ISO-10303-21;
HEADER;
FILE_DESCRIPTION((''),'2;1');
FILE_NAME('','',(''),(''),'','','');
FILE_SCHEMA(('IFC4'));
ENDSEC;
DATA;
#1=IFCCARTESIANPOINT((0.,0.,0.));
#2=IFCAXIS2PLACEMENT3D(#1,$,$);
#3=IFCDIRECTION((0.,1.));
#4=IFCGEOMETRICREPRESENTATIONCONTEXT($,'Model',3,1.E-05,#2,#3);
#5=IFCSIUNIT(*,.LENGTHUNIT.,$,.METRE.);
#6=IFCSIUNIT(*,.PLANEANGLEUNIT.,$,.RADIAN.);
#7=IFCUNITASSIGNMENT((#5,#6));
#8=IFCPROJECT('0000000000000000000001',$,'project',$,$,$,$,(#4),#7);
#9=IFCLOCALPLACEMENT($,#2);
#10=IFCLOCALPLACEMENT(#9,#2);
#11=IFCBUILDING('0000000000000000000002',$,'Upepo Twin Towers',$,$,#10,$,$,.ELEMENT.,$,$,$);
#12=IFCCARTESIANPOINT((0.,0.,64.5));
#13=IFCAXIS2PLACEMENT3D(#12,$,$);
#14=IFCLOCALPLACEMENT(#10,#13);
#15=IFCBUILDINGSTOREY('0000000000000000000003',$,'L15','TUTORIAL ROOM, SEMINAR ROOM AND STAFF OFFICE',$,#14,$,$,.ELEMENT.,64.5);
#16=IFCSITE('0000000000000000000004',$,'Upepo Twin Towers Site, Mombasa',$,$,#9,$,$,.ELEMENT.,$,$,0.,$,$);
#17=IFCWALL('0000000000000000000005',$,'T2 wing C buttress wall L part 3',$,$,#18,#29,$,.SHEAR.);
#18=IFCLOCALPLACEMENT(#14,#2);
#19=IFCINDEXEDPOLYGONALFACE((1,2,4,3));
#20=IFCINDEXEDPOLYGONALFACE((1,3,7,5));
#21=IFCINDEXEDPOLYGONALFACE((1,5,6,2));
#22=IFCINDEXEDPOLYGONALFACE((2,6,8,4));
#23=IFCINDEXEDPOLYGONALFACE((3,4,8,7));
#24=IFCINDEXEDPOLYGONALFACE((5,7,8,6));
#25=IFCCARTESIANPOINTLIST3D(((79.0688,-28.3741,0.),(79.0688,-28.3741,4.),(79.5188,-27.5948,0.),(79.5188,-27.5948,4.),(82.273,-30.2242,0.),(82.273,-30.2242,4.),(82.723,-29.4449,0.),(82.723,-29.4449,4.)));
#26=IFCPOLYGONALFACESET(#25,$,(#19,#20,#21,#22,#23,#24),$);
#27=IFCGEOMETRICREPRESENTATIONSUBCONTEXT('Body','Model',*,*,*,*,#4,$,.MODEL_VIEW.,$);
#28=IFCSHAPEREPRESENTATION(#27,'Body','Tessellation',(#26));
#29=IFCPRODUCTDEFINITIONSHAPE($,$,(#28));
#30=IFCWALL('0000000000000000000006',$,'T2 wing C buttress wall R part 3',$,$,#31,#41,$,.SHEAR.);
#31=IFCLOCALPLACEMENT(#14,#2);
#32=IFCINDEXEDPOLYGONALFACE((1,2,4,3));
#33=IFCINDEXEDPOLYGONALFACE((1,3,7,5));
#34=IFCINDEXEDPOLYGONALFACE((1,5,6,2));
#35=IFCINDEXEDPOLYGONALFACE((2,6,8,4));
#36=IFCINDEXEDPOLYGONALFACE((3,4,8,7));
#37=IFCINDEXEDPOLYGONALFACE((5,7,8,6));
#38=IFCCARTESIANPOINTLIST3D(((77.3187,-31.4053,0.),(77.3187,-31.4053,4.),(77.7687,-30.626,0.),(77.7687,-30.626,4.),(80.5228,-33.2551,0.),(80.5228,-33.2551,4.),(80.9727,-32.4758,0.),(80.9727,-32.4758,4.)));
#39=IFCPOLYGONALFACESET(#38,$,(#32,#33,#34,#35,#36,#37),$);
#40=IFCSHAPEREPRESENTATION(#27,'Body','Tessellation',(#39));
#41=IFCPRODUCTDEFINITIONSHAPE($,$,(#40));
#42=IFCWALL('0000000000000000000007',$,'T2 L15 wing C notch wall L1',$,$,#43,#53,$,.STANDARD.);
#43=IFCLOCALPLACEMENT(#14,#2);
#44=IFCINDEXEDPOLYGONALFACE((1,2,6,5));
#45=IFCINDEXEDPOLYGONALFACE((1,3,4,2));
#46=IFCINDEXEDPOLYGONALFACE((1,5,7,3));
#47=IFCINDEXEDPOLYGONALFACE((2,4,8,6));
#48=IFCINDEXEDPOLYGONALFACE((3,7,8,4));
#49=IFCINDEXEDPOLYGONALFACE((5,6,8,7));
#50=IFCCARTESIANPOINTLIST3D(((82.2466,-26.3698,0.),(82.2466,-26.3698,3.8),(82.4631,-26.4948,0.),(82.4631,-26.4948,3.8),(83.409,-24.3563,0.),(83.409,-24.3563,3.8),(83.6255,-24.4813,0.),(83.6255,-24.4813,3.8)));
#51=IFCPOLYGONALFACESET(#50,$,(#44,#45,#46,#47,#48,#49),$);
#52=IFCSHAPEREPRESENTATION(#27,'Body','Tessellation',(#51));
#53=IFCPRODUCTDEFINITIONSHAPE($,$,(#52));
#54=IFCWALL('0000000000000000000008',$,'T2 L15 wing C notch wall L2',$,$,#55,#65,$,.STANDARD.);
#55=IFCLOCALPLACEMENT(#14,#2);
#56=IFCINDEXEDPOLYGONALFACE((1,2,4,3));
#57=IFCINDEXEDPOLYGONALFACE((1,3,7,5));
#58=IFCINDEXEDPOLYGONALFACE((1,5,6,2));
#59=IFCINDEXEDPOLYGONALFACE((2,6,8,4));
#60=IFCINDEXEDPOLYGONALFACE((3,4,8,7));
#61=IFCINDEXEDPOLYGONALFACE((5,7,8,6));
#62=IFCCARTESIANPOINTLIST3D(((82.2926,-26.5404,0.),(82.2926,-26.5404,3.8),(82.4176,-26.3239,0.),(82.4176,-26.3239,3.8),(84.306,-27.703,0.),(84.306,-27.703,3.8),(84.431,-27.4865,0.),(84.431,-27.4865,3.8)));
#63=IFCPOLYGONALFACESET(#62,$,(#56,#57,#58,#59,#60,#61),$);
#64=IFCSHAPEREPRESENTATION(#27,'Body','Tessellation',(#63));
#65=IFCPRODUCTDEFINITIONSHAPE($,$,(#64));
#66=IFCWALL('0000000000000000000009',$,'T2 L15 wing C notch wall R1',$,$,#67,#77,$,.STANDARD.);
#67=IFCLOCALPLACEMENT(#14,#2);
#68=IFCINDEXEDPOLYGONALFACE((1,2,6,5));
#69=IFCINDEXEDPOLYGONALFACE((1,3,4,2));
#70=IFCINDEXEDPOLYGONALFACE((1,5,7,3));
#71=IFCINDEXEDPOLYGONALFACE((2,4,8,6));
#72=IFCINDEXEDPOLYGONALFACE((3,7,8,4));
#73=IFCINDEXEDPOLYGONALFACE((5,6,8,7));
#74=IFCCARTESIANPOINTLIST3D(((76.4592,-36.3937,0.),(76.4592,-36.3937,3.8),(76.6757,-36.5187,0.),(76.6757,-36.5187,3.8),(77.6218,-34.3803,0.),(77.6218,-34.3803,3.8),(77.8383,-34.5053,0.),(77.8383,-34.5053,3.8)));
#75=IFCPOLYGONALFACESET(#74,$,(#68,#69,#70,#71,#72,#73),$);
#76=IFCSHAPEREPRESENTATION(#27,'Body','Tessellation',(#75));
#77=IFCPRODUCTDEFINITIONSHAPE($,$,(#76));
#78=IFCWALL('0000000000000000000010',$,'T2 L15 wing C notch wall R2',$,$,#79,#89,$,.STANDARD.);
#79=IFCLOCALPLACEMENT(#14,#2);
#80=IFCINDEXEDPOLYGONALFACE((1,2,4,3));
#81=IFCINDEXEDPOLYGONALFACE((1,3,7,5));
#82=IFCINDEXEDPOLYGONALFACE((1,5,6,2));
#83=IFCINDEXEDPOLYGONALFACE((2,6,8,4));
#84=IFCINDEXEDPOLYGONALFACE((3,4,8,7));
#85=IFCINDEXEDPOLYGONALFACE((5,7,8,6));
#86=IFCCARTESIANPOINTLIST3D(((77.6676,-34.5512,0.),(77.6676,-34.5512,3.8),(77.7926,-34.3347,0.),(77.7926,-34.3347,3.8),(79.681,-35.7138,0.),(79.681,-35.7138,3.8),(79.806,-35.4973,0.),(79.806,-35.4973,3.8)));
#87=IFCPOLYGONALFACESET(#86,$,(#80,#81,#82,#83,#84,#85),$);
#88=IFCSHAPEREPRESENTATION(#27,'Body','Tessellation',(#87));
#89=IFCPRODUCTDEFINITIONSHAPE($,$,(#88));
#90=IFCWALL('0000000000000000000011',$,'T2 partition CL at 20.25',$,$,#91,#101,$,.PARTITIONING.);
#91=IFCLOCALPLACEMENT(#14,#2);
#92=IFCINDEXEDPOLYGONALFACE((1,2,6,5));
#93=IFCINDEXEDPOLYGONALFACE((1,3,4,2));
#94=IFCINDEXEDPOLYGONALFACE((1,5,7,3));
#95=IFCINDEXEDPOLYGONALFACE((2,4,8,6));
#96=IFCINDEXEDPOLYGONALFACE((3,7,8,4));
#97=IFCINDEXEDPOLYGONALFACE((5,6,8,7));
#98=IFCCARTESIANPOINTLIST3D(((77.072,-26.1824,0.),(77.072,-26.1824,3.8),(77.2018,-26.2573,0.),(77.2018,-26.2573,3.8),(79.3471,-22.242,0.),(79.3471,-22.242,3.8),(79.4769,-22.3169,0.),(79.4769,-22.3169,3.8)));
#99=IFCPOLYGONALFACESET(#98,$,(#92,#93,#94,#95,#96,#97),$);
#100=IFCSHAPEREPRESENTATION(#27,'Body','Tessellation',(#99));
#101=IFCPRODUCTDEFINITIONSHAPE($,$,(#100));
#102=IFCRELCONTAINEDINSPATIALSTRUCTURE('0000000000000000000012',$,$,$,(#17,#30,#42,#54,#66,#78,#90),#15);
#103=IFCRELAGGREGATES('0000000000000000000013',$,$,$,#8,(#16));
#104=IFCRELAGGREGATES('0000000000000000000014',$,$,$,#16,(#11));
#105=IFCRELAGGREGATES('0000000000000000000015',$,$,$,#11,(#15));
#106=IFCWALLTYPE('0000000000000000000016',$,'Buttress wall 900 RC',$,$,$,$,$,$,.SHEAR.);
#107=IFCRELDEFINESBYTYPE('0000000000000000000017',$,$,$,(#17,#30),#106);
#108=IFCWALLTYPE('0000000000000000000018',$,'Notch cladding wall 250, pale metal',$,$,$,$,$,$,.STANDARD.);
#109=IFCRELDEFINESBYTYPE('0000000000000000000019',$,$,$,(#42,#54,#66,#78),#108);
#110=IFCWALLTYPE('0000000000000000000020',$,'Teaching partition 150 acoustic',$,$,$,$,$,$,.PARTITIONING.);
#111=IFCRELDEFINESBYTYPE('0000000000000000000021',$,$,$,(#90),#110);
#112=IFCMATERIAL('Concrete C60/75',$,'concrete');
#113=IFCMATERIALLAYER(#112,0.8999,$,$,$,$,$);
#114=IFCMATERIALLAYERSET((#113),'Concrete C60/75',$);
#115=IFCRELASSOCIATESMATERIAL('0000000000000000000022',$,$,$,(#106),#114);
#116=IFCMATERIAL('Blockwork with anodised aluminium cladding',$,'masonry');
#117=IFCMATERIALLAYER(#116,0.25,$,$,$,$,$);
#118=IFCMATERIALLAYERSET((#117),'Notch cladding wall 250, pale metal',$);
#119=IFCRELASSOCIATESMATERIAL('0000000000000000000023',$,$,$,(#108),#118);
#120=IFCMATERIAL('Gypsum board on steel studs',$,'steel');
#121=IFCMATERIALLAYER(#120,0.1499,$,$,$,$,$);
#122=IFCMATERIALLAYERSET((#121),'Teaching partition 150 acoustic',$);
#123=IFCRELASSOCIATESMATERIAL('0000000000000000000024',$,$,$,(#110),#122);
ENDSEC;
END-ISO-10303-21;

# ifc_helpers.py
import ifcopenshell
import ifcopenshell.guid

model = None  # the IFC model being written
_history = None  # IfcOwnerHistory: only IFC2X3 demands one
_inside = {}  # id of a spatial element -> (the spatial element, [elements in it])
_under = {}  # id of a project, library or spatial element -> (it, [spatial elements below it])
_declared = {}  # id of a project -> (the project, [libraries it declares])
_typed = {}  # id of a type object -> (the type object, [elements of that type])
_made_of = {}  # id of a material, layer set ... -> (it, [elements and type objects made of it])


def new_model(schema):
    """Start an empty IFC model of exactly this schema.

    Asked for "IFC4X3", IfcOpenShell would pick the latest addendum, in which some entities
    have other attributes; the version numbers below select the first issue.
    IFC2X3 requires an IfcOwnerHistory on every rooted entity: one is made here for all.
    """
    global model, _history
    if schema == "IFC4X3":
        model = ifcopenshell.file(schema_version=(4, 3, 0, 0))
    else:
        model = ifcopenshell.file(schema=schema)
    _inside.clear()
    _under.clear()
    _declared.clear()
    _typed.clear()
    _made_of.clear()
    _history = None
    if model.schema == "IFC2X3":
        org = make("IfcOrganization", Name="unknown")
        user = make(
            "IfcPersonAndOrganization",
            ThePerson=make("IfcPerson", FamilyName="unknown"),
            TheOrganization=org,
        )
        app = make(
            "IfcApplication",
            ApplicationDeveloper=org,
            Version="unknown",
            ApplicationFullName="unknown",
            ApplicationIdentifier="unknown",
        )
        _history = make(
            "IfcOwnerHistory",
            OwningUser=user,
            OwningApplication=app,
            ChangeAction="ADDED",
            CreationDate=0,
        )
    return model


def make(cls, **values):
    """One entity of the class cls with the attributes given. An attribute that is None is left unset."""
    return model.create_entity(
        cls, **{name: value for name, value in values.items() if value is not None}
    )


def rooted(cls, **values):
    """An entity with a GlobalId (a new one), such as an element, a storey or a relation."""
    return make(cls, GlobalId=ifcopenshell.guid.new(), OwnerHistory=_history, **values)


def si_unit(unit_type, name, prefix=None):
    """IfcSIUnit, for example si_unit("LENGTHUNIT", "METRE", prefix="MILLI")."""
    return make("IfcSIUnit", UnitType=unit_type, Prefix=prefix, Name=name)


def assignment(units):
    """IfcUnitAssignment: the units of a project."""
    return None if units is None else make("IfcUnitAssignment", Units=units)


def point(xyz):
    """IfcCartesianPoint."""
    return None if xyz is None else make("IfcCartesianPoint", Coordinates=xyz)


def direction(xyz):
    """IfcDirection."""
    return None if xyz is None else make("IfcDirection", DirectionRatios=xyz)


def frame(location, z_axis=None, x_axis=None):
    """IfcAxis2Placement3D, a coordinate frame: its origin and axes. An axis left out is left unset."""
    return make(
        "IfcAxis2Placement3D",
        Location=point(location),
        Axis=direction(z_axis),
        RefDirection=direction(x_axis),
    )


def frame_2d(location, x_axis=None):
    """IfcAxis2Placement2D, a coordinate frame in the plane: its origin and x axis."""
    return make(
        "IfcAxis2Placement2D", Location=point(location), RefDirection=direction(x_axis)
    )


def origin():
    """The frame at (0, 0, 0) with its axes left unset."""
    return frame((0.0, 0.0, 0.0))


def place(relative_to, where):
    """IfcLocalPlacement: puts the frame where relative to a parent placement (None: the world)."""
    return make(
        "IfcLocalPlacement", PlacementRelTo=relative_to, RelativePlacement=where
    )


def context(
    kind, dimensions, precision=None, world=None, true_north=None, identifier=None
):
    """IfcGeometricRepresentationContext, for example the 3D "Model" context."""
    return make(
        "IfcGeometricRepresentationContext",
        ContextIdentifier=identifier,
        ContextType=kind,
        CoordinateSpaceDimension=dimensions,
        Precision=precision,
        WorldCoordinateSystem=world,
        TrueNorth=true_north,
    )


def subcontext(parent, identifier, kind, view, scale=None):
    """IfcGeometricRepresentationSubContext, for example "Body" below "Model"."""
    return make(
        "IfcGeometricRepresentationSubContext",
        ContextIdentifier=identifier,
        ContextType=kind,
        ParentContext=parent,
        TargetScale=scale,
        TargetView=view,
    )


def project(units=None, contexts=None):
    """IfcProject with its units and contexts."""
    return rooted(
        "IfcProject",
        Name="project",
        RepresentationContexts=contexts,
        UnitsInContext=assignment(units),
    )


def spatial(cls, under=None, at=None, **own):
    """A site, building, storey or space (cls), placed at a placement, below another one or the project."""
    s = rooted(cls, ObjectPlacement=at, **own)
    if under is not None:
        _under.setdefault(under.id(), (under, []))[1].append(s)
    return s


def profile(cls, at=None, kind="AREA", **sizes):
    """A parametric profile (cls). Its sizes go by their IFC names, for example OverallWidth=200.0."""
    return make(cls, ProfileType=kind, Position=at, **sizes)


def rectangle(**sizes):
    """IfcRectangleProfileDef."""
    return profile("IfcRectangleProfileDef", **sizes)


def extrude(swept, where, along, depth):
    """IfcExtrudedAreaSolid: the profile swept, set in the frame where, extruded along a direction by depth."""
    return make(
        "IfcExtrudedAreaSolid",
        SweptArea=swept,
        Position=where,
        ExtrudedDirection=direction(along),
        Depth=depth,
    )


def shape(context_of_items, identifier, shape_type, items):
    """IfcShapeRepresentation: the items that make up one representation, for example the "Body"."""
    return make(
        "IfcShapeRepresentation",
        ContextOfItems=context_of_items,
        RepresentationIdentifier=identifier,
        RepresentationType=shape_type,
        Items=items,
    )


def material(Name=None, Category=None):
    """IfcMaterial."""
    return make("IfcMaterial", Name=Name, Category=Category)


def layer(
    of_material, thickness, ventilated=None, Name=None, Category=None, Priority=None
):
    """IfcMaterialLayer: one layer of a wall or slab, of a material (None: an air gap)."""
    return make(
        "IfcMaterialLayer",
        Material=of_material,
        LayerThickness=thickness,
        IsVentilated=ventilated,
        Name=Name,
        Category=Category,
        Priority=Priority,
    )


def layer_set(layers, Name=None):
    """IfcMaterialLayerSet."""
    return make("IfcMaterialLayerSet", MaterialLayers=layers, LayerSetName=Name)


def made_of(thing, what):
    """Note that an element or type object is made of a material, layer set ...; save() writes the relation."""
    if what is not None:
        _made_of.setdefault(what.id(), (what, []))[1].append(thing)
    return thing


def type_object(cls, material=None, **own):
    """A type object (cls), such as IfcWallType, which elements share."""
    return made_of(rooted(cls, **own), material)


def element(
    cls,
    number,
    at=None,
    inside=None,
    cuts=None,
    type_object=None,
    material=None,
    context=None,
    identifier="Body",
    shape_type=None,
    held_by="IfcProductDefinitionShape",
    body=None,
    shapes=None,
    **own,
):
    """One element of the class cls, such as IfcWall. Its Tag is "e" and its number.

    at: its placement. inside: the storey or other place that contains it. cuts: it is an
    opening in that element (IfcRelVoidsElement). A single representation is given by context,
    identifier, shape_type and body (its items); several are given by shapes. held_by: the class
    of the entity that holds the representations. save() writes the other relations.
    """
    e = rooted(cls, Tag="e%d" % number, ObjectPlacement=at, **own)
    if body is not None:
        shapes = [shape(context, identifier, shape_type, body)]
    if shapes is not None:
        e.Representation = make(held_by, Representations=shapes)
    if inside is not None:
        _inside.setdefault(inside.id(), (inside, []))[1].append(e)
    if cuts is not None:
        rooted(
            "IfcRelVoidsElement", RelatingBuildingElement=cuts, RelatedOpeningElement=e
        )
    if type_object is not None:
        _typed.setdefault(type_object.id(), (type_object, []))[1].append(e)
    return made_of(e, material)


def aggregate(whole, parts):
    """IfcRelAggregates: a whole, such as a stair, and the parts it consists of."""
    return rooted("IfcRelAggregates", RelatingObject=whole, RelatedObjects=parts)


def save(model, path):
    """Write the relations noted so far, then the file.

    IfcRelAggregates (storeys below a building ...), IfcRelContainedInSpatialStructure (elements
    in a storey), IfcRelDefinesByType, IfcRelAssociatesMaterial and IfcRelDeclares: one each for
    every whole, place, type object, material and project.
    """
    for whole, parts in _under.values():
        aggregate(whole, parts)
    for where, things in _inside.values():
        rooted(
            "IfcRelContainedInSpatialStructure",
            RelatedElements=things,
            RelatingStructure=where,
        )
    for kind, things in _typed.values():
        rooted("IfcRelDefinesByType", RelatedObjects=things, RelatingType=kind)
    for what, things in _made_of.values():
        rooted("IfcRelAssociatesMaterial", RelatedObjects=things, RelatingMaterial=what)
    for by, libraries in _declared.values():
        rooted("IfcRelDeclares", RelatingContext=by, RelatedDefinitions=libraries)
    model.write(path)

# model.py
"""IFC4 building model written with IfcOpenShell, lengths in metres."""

from ifc_helpers import new_model, si_unit, direction, frame, frame_2d, origin, place, context, subcontext, project, spatial, rectangle, extrude, material, layer, layer_set, type_object, element, save


model = new_model("IFC4")

# Units and contexts
model_context = context("Model", 3, precision=1e-05, world=origin(), true_north=direction((0.0, 1.0)))
body_context = subcontext(model_context, "Body", "Model", "MODEL_VIEW")
ifc_project = project(units=[si_unit("LENGTHUNIT", "METRE"), si_unit("PLANEANGLEUNIT", "RADIAN")], contexts=[model_context])

# Site, building, storey
site_placement = place(None, origin())
site = spatial("IfcSite", under=ifc_project, at=site_placement, Name="Upepo Twin Towers Site, Mombasa", CompositionType="ELEMENT", RefElevation=0.0)
building_placement = place(site_placement, origin())
building = spatial("IfcBuilding", under=site, at=building_placement, Name="Upepo Twin Towers", CompositionType="ELEMENT")
storey_placement = place(building_placement, frame((0.0, 0.0, 64.5)))
storey = spatial("IfcBuildingStorey", under=building, at=storey_placement, Name="L15", Description="TUTORIAL ROOM, SEMINAR ROOM AND STAFF OFFICE", CompositionType="ELEMENT", Elevation=64.5)

# Walls
ifc_material_1 = material(Name="Concrete C60/75", Category="concrete")
ifc_layer_1 = layer(ifc_material_1, 0.8999)
ifc_layer_set_1 = layer_set([ifc_layer_1], Name="Concrete C60/75")
wall_type_1 = type_object("IfcWallType", Name="Buttress wall 900 RC", PredefinedType="SHEAR", material=ifc_layer_set_1)
wall_1_placement = place(storey_placement, frame((79.2937, -27.9844, 0.0), z_axis=(0.0, 0.0, 1.0), x_axis=(0.866001, -0.500042, 0.0)))
element("IfcWall", 1, at=wall_1_placement, inside=storey, type_object=wall_type_1, Name="T2 wing C buttress wall L part 3", PredefinedType="SHEAR", context=body_context, shape_type="SweptSolid", body=[
    extrude(rectangle(XDim=3.7, YDim=0.8999, at=frame_2d((1.8501, 0.0))), origin(), (0.0, 0.0, 1.0), 4.0),
])
wall_2_placement = place(storey_placement, frame((77.5437, -31.0156, 0.0), z_axis=(0.0, 0.0, 1.0), x_axis=(0.86603, -0.499993, 0.0)))
element("IfcWall", 2, at=wall_2_placement, inside=storey, type_object=wall_type_1, Name="T2 wing C buttress wall R part 3", PredefinedType="SHEAR", context=body_context, shape_type="SweptSolid", body=[
    extrude(rectangle(XDim=3.6997, YDim=0.8999, at=frame_2d((1.8499, 0.0))), origin(), (0.0, 0.0, 1.0), 4.0),
])
ifc_material_2 = material(Name="Blockwork with anodised aluminium cladding", Category="masonry")
ifc_layer_2 = layer(ifc_material_2, 0.25)
ifc_layer_set_2 = layer_set([ifc_layer_2], Name="Notch cladding wall 250, pale metal")
wall_type_2 = type_object("IfcWallType", Name="Notch cladding wall 250, pale metal", PredefinedType="STANDARD", material=ifc_layer_set_2)
for number, where, z_axis, x_axis, name in (
    (3, (83.5173, -24.4187, 0.0), (0.0, 0.0, 1.0), (-0.499968, -0.866044, 0.0), "T2 L15 wing C notch wall L1"),
    (4, (82.355, -26.4321, 0.0), (0.0, 0.0, 1.0), (0.865998, -0.500047, 0.0), "T2 L15 wing C notch wall L2"),
    (5, (76.5674, -36.4563, 0.0), (0.0, 0.0, 1.0), (0.500047, 0.865998, 0.0), "T2 L15 wing C notch wall R1"),
    (6, (77.73, -34.4429, 0.0), (0.0, 0.0, 1.0), (0.865998, -0.500047, 0.0), "T2 L15 wing C notch wall R2"),
):
    element("IfcWall", number, at=place(storey_placement, frame(where, z_axis=z_axis, x_axis=x_axis)), inside=storey, type_object=wall_type_2, Name=name, PredefinedType="STANDARD", context=body_context, shape_type="SweptSolid", body=[
        extrude(rectangle(XDim=2.325, YDim=0.25, at=frame_2d((1.1626, 0.0))), origin(), (0.0, 0.0, 1.0), 3.8),
    ])
ifc_material_3 = material(Name="Gypsum board on steel studs", Category="steel")
ifc_layer_3 = layer(ifc_material_3, 0.1499)
ifc_layer_set_3 = layer_set([ifc_layer_3], Name="Teaching partition 150 acoustic")
wall_type_3 = type_object("IfcWallType", Name="Teaching partition 150 acoustic", PredefinedType="PARTITIONING", material=ifc_layer_set_3)
wall_3_placement = place(storey_placement, frame((77.137, -26.2197, 0.0), z_axis=(0.0, 0.0, 1.0), x_axis=(0.500023, 0.866012, 0.0)))
element("IfcWall", 7, at=wall_3_placement, inside=storey, type_object=wall_type_3, Name="T2 partition CL at 20.25", PredefinedType="PARTITIONING", context=body_context, shape_type="SweptSolid", body=[
    extrude(rectangle(XDim=4.55, YDim=0.1499, at=frame_2d((2.2749, 0.0))), origin(), (0.0, 0.0, 1.0), 3.8),
])

save(model, "model.ifc")
